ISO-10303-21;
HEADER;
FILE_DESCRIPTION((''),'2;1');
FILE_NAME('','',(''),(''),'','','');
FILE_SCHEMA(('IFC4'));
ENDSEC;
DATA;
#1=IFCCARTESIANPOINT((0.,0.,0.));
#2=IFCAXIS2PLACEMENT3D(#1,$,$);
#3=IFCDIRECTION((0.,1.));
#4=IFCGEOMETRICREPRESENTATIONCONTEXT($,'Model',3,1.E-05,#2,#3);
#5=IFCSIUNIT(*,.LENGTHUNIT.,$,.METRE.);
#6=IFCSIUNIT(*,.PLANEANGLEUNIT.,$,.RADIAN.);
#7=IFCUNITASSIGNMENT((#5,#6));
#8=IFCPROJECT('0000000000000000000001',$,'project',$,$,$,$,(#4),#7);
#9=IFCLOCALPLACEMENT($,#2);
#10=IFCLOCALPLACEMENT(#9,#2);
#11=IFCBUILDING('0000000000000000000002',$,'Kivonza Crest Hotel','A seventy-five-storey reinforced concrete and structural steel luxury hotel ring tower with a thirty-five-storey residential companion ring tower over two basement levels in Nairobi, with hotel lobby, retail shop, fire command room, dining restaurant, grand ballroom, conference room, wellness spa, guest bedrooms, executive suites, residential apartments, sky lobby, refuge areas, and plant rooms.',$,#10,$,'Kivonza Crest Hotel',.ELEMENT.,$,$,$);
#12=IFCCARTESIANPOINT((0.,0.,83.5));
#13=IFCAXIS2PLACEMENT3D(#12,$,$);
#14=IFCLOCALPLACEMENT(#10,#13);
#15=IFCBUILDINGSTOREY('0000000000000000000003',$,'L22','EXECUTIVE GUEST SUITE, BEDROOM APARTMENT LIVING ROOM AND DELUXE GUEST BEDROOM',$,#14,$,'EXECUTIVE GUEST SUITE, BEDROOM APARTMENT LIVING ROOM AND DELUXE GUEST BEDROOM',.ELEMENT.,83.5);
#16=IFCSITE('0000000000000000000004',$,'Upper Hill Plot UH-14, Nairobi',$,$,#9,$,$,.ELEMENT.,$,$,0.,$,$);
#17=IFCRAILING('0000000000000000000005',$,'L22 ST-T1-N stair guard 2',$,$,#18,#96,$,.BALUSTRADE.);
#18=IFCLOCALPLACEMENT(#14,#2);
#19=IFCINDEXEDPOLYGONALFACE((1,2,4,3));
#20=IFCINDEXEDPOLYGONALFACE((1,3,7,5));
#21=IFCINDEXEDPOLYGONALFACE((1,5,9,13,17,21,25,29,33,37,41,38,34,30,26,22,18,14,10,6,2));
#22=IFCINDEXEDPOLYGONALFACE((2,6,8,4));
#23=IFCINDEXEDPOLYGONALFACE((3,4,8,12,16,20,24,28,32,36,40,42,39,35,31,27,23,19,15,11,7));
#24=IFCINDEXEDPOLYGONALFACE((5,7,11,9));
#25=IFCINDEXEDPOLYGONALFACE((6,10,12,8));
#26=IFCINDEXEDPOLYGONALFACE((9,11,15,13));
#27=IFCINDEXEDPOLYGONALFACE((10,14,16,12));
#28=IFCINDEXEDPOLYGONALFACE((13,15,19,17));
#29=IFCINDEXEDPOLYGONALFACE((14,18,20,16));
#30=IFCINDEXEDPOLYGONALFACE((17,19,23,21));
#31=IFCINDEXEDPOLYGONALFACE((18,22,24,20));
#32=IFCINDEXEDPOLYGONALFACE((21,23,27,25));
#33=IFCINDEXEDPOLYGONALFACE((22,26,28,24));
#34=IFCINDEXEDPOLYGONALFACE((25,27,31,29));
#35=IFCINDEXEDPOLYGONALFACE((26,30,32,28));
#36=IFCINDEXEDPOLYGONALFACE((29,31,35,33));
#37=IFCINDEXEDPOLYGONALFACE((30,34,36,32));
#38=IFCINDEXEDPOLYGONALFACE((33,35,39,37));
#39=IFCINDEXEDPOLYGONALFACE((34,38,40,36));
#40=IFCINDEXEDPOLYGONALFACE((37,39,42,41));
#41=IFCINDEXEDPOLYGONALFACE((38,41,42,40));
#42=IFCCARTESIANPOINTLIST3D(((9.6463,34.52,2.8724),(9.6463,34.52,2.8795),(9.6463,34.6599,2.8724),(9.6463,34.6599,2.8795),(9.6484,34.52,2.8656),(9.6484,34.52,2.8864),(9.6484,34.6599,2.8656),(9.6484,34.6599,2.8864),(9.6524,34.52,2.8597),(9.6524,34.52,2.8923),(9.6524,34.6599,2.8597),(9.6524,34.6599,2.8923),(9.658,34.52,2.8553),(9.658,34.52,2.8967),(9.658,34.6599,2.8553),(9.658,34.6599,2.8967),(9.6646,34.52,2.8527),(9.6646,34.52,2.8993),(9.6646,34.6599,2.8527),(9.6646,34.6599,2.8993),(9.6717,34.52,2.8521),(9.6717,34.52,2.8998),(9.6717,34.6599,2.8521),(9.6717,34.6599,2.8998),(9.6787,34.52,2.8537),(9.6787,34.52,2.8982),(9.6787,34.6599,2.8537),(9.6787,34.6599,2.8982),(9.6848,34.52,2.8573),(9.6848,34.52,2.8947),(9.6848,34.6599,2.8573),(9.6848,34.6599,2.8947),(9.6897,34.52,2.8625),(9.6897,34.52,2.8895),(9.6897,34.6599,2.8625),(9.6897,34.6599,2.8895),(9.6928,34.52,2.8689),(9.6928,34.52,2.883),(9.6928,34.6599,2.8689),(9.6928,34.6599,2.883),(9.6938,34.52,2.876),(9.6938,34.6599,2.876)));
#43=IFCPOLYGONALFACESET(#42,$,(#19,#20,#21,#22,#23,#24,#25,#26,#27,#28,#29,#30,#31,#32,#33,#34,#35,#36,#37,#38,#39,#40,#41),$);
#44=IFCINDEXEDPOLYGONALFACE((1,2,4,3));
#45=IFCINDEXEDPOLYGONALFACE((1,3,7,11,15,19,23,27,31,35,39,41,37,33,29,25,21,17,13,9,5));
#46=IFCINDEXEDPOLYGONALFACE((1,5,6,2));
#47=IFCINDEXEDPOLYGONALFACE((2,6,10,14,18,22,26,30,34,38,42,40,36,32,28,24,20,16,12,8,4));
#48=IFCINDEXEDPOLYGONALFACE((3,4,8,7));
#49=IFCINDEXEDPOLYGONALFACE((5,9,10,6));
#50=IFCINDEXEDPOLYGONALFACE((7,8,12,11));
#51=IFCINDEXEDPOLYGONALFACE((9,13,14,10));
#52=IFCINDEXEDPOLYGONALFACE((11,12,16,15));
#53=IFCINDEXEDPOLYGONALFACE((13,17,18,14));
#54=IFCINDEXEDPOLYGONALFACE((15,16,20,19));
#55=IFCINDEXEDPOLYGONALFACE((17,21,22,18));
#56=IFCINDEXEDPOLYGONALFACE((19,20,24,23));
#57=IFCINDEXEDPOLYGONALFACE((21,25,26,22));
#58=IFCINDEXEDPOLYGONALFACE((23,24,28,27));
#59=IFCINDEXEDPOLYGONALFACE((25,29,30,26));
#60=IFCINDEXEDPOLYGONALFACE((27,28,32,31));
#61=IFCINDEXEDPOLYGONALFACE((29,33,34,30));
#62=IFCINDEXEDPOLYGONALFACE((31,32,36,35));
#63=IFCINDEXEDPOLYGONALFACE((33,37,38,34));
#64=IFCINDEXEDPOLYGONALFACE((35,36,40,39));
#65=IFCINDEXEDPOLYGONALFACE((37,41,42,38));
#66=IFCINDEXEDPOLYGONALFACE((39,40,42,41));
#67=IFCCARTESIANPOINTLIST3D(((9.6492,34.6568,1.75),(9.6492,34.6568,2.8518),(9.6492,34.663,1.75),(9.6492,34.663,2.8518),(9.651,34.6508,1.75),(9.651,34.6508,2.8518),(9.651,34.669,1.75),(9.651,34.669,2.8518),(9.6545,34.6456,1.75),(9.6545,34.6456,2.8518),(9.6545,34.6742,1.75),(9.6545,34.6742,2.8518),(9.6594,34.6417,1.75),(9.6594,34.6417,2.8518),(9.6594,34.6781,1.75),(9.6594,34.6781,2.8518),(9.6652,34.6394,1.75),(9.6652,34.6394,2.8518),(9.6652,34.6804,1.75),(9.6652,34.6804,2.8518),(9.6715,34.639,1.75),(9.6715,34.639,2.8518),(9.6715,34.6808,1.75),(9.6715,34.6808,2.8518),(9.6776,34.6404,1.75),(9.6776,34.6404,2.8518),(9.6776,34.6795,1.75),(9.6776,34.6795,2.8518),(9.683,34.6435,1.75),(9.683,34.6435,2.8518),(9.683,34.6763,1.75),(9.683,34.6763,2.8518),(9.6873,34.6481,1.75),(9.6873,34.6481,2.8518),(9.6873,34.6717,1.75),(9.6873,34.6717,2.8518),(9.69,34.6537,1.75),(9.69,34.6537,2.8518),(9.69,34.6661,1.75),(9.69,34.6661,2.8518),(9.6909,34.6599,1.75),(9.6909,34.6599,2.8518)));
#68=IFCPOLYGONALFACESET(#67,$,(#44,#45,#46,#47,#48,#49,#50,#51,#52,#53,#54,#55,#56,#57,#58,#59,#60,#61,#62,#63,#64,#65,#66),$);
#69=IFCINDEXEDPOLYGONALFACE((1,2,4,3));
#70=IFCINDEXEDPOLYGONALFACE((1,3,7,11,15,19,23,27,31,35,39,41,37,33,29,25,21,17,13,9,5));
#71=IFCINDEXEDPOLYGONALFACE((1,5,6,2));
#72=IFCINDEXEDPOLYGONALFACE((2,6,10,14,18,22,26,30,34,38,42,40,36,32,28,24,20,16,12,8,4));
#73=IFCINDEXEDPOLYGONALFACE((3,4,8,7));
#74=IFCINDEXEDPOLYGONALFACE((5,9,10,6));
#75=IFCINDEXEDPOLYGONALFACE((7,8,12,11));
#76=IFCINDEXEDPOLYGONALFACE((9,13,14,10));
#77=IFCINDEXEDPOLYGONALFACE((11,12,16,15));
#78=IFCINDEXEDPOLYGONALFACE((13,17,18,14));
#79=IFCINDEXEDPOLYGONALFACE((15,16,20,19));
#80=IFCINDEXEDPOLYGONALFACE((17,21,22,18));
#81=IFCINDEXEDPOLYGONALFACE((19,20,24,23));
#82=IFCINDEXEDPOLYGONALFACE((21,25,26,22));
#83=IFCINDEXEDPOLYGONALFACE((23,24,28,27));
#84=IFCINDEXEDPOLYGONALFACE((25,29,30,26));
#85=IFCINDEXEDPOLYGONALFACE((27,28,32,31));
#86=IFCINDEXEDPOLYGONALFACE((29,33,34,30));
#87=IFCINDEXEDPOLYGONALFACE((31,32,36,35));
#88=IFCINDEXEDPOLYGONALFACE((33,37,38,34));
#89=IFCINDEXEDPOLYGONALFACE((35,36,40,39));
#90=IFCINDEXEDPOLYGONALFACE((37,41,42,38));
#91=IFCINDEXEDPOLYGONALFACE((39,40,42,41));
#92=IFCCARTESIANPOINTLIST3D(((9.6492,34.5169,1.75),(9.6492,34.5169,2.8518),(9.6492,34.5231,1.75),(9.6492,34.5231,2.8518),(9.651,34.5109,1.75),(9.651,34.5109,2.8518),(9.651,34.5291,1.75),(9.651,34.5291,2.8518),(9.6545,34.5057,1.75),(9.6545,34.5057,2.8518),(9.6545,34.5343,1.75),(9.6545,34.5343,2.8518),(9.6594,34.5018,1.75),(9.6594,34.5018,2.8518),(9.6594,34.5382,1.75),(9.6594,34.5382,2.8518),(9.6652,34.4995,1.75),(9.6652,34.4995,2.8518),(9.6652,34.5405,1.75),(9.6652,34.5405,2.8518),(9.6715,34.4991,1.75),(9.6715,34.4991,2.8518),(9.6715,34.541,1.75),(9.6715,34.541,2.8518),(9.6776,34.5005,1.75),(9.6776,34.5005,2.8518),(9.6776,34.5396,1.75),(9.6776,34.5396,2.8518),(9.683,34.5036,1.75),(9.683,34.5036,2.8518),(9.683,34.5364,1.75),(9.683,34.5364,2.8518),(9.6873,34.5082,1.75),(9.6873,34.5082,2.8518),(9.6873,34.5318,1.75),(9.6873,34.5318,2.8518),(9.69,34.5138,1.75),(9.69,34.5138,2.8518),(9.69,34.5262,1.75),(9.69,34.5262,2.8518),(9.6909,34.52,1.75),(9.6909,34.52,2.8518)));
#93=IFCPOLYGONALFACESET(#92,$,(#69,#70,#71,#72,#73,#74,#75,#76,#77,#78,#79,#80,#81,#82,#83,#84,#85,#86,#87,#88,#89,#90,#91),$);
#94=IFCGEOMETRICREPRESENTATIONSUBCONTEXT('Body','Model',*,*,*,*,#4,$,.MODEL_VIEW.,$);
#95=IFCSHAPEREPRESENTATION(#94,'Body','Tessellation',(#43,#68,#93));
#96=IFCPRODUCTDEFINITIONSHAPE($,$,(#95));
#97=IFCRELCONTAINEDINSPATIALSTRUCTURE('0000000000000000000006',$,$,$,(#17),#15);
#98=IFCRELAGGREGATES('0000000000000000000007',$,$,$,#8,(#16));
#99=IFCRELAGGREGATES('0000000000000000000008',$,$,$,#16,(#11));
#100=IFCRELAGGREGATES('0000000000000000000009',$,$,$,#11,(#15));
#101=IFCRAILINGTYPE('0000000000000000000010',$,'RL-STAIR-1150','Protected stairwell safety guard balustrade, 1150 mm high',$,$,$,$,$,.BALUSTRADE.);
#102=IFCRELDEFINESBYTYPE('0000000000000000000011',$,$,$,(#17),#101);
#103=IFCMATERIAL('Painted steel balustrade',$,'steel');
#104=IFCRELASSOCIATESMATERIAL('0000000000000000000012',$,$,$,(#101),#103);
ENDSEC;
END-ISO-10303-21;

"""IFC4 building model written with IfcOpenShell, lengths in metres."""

from ifc_helpers import new_model, si_unit, direction, frame, origin, origin_2d, place, context, subcontext, project, spatial, circle, extrude, material, type_object, element, save


model = new_model("IFC4")

# Units and contexts
model_context = context("Model", 3, precision=1e-05, world=origin(), true_north=direction((0.0, 1.0)))
body_context = subcontext(model_context, "Body", "Model", "MODEL_VIEW")
ifc_project = project(units=[si_unit("LENGTHUNIT", "METRE"), si_unit("PLANEANGLEUNIT", "RADIAN")], contexts=[model_context])

# Site, building, storey
site_placement = place(None, origin())
site = spatial("IfcSite", under=ifc_project, at=site_placement, Name="Upper Hill Plot UH-14, Nairobi", CompositionType="ELEMENT", RefElevation=0.0)
building_placement = place(site_placement, origin())
building = spatial("IfcBuilding", under=site, at=building_placement, Name="Kivonza Crest Hotel", Description="A seventy-five-storey reinforced concrete and structural steel luxury hotel ring tower with a thirty-five-storey residential companion ring tower over two basement levels in Nairobi, with hotel lobby, retail shop, fire command room, dining restaurant, grand ballroom, conference room, wellness spa, guest bedrooms, executive suites, residential apartments, sky lobby, refuge areas, and plant rooms.", LongName="Kivonza Crest Hotel", CompositionType="ELEMENT")
storey_placement = place(building_placement, frame((0.0, 0.0, 83.5)))
storey = spatial("IfcBuildingStorey", under=building, at=storey_placement, Name="L22", Description="EXECUTIVE GUEST SUITE, BEDROOM APARTMENT LIVING ROOM AND DELUXE GUEST BEDROOM", LongName="EXECUTIVE GUEST SUITE, BEDROOM APARTMENT LIVING ROOM AND DELUXE GUEST BEDROOM", CompositionType="ELEMENT", Elevation=83.5)

# Railing
ifc_material_1 = material(Name="Painted steel balustrade", Category="steel")
railing_type_1 = type_object("IfcRailingType", Name="RL-STAIR-1150", Description="Protected stairwell safety guard balustrade, 1150 mm high", PredefinedType="BALUSTRADE", material=ifc_material_1)
railing_1_placement = place(storey_placement, frame((9.6699, 34.6599, 1.75)))
element("IfcRailing", 1, at=railing_1_placement, inside=storey, type_object=railing_type_1, Name="L22 ST-T1-N stair guard 2", PredefinedType="BALUSTRADE", context=body_context, shape_type="SweptSolid", body=[
    extrude(circle(Radius=0.0239, at=origin_2d()), frame((0.0, 0.0, 1.126), z_axis=(0.0, -1.0, 0.0), x_axis=(1.0, 0.0, 0.0)), (0.0, 0.0, 1.0), 0.1399),
    extrude(circle(Radius=0.021, at=origin_2d()), origin(), (0.0, 0.0, 1.0), 1.1018),
    extrude(circle(Radius=0.021, at=origin_2d()), frame((0.0, -0.1399, 0.0)), (0.0, 0.0, 1.0), 1.1018),
])

save(model, "model.ifc")
